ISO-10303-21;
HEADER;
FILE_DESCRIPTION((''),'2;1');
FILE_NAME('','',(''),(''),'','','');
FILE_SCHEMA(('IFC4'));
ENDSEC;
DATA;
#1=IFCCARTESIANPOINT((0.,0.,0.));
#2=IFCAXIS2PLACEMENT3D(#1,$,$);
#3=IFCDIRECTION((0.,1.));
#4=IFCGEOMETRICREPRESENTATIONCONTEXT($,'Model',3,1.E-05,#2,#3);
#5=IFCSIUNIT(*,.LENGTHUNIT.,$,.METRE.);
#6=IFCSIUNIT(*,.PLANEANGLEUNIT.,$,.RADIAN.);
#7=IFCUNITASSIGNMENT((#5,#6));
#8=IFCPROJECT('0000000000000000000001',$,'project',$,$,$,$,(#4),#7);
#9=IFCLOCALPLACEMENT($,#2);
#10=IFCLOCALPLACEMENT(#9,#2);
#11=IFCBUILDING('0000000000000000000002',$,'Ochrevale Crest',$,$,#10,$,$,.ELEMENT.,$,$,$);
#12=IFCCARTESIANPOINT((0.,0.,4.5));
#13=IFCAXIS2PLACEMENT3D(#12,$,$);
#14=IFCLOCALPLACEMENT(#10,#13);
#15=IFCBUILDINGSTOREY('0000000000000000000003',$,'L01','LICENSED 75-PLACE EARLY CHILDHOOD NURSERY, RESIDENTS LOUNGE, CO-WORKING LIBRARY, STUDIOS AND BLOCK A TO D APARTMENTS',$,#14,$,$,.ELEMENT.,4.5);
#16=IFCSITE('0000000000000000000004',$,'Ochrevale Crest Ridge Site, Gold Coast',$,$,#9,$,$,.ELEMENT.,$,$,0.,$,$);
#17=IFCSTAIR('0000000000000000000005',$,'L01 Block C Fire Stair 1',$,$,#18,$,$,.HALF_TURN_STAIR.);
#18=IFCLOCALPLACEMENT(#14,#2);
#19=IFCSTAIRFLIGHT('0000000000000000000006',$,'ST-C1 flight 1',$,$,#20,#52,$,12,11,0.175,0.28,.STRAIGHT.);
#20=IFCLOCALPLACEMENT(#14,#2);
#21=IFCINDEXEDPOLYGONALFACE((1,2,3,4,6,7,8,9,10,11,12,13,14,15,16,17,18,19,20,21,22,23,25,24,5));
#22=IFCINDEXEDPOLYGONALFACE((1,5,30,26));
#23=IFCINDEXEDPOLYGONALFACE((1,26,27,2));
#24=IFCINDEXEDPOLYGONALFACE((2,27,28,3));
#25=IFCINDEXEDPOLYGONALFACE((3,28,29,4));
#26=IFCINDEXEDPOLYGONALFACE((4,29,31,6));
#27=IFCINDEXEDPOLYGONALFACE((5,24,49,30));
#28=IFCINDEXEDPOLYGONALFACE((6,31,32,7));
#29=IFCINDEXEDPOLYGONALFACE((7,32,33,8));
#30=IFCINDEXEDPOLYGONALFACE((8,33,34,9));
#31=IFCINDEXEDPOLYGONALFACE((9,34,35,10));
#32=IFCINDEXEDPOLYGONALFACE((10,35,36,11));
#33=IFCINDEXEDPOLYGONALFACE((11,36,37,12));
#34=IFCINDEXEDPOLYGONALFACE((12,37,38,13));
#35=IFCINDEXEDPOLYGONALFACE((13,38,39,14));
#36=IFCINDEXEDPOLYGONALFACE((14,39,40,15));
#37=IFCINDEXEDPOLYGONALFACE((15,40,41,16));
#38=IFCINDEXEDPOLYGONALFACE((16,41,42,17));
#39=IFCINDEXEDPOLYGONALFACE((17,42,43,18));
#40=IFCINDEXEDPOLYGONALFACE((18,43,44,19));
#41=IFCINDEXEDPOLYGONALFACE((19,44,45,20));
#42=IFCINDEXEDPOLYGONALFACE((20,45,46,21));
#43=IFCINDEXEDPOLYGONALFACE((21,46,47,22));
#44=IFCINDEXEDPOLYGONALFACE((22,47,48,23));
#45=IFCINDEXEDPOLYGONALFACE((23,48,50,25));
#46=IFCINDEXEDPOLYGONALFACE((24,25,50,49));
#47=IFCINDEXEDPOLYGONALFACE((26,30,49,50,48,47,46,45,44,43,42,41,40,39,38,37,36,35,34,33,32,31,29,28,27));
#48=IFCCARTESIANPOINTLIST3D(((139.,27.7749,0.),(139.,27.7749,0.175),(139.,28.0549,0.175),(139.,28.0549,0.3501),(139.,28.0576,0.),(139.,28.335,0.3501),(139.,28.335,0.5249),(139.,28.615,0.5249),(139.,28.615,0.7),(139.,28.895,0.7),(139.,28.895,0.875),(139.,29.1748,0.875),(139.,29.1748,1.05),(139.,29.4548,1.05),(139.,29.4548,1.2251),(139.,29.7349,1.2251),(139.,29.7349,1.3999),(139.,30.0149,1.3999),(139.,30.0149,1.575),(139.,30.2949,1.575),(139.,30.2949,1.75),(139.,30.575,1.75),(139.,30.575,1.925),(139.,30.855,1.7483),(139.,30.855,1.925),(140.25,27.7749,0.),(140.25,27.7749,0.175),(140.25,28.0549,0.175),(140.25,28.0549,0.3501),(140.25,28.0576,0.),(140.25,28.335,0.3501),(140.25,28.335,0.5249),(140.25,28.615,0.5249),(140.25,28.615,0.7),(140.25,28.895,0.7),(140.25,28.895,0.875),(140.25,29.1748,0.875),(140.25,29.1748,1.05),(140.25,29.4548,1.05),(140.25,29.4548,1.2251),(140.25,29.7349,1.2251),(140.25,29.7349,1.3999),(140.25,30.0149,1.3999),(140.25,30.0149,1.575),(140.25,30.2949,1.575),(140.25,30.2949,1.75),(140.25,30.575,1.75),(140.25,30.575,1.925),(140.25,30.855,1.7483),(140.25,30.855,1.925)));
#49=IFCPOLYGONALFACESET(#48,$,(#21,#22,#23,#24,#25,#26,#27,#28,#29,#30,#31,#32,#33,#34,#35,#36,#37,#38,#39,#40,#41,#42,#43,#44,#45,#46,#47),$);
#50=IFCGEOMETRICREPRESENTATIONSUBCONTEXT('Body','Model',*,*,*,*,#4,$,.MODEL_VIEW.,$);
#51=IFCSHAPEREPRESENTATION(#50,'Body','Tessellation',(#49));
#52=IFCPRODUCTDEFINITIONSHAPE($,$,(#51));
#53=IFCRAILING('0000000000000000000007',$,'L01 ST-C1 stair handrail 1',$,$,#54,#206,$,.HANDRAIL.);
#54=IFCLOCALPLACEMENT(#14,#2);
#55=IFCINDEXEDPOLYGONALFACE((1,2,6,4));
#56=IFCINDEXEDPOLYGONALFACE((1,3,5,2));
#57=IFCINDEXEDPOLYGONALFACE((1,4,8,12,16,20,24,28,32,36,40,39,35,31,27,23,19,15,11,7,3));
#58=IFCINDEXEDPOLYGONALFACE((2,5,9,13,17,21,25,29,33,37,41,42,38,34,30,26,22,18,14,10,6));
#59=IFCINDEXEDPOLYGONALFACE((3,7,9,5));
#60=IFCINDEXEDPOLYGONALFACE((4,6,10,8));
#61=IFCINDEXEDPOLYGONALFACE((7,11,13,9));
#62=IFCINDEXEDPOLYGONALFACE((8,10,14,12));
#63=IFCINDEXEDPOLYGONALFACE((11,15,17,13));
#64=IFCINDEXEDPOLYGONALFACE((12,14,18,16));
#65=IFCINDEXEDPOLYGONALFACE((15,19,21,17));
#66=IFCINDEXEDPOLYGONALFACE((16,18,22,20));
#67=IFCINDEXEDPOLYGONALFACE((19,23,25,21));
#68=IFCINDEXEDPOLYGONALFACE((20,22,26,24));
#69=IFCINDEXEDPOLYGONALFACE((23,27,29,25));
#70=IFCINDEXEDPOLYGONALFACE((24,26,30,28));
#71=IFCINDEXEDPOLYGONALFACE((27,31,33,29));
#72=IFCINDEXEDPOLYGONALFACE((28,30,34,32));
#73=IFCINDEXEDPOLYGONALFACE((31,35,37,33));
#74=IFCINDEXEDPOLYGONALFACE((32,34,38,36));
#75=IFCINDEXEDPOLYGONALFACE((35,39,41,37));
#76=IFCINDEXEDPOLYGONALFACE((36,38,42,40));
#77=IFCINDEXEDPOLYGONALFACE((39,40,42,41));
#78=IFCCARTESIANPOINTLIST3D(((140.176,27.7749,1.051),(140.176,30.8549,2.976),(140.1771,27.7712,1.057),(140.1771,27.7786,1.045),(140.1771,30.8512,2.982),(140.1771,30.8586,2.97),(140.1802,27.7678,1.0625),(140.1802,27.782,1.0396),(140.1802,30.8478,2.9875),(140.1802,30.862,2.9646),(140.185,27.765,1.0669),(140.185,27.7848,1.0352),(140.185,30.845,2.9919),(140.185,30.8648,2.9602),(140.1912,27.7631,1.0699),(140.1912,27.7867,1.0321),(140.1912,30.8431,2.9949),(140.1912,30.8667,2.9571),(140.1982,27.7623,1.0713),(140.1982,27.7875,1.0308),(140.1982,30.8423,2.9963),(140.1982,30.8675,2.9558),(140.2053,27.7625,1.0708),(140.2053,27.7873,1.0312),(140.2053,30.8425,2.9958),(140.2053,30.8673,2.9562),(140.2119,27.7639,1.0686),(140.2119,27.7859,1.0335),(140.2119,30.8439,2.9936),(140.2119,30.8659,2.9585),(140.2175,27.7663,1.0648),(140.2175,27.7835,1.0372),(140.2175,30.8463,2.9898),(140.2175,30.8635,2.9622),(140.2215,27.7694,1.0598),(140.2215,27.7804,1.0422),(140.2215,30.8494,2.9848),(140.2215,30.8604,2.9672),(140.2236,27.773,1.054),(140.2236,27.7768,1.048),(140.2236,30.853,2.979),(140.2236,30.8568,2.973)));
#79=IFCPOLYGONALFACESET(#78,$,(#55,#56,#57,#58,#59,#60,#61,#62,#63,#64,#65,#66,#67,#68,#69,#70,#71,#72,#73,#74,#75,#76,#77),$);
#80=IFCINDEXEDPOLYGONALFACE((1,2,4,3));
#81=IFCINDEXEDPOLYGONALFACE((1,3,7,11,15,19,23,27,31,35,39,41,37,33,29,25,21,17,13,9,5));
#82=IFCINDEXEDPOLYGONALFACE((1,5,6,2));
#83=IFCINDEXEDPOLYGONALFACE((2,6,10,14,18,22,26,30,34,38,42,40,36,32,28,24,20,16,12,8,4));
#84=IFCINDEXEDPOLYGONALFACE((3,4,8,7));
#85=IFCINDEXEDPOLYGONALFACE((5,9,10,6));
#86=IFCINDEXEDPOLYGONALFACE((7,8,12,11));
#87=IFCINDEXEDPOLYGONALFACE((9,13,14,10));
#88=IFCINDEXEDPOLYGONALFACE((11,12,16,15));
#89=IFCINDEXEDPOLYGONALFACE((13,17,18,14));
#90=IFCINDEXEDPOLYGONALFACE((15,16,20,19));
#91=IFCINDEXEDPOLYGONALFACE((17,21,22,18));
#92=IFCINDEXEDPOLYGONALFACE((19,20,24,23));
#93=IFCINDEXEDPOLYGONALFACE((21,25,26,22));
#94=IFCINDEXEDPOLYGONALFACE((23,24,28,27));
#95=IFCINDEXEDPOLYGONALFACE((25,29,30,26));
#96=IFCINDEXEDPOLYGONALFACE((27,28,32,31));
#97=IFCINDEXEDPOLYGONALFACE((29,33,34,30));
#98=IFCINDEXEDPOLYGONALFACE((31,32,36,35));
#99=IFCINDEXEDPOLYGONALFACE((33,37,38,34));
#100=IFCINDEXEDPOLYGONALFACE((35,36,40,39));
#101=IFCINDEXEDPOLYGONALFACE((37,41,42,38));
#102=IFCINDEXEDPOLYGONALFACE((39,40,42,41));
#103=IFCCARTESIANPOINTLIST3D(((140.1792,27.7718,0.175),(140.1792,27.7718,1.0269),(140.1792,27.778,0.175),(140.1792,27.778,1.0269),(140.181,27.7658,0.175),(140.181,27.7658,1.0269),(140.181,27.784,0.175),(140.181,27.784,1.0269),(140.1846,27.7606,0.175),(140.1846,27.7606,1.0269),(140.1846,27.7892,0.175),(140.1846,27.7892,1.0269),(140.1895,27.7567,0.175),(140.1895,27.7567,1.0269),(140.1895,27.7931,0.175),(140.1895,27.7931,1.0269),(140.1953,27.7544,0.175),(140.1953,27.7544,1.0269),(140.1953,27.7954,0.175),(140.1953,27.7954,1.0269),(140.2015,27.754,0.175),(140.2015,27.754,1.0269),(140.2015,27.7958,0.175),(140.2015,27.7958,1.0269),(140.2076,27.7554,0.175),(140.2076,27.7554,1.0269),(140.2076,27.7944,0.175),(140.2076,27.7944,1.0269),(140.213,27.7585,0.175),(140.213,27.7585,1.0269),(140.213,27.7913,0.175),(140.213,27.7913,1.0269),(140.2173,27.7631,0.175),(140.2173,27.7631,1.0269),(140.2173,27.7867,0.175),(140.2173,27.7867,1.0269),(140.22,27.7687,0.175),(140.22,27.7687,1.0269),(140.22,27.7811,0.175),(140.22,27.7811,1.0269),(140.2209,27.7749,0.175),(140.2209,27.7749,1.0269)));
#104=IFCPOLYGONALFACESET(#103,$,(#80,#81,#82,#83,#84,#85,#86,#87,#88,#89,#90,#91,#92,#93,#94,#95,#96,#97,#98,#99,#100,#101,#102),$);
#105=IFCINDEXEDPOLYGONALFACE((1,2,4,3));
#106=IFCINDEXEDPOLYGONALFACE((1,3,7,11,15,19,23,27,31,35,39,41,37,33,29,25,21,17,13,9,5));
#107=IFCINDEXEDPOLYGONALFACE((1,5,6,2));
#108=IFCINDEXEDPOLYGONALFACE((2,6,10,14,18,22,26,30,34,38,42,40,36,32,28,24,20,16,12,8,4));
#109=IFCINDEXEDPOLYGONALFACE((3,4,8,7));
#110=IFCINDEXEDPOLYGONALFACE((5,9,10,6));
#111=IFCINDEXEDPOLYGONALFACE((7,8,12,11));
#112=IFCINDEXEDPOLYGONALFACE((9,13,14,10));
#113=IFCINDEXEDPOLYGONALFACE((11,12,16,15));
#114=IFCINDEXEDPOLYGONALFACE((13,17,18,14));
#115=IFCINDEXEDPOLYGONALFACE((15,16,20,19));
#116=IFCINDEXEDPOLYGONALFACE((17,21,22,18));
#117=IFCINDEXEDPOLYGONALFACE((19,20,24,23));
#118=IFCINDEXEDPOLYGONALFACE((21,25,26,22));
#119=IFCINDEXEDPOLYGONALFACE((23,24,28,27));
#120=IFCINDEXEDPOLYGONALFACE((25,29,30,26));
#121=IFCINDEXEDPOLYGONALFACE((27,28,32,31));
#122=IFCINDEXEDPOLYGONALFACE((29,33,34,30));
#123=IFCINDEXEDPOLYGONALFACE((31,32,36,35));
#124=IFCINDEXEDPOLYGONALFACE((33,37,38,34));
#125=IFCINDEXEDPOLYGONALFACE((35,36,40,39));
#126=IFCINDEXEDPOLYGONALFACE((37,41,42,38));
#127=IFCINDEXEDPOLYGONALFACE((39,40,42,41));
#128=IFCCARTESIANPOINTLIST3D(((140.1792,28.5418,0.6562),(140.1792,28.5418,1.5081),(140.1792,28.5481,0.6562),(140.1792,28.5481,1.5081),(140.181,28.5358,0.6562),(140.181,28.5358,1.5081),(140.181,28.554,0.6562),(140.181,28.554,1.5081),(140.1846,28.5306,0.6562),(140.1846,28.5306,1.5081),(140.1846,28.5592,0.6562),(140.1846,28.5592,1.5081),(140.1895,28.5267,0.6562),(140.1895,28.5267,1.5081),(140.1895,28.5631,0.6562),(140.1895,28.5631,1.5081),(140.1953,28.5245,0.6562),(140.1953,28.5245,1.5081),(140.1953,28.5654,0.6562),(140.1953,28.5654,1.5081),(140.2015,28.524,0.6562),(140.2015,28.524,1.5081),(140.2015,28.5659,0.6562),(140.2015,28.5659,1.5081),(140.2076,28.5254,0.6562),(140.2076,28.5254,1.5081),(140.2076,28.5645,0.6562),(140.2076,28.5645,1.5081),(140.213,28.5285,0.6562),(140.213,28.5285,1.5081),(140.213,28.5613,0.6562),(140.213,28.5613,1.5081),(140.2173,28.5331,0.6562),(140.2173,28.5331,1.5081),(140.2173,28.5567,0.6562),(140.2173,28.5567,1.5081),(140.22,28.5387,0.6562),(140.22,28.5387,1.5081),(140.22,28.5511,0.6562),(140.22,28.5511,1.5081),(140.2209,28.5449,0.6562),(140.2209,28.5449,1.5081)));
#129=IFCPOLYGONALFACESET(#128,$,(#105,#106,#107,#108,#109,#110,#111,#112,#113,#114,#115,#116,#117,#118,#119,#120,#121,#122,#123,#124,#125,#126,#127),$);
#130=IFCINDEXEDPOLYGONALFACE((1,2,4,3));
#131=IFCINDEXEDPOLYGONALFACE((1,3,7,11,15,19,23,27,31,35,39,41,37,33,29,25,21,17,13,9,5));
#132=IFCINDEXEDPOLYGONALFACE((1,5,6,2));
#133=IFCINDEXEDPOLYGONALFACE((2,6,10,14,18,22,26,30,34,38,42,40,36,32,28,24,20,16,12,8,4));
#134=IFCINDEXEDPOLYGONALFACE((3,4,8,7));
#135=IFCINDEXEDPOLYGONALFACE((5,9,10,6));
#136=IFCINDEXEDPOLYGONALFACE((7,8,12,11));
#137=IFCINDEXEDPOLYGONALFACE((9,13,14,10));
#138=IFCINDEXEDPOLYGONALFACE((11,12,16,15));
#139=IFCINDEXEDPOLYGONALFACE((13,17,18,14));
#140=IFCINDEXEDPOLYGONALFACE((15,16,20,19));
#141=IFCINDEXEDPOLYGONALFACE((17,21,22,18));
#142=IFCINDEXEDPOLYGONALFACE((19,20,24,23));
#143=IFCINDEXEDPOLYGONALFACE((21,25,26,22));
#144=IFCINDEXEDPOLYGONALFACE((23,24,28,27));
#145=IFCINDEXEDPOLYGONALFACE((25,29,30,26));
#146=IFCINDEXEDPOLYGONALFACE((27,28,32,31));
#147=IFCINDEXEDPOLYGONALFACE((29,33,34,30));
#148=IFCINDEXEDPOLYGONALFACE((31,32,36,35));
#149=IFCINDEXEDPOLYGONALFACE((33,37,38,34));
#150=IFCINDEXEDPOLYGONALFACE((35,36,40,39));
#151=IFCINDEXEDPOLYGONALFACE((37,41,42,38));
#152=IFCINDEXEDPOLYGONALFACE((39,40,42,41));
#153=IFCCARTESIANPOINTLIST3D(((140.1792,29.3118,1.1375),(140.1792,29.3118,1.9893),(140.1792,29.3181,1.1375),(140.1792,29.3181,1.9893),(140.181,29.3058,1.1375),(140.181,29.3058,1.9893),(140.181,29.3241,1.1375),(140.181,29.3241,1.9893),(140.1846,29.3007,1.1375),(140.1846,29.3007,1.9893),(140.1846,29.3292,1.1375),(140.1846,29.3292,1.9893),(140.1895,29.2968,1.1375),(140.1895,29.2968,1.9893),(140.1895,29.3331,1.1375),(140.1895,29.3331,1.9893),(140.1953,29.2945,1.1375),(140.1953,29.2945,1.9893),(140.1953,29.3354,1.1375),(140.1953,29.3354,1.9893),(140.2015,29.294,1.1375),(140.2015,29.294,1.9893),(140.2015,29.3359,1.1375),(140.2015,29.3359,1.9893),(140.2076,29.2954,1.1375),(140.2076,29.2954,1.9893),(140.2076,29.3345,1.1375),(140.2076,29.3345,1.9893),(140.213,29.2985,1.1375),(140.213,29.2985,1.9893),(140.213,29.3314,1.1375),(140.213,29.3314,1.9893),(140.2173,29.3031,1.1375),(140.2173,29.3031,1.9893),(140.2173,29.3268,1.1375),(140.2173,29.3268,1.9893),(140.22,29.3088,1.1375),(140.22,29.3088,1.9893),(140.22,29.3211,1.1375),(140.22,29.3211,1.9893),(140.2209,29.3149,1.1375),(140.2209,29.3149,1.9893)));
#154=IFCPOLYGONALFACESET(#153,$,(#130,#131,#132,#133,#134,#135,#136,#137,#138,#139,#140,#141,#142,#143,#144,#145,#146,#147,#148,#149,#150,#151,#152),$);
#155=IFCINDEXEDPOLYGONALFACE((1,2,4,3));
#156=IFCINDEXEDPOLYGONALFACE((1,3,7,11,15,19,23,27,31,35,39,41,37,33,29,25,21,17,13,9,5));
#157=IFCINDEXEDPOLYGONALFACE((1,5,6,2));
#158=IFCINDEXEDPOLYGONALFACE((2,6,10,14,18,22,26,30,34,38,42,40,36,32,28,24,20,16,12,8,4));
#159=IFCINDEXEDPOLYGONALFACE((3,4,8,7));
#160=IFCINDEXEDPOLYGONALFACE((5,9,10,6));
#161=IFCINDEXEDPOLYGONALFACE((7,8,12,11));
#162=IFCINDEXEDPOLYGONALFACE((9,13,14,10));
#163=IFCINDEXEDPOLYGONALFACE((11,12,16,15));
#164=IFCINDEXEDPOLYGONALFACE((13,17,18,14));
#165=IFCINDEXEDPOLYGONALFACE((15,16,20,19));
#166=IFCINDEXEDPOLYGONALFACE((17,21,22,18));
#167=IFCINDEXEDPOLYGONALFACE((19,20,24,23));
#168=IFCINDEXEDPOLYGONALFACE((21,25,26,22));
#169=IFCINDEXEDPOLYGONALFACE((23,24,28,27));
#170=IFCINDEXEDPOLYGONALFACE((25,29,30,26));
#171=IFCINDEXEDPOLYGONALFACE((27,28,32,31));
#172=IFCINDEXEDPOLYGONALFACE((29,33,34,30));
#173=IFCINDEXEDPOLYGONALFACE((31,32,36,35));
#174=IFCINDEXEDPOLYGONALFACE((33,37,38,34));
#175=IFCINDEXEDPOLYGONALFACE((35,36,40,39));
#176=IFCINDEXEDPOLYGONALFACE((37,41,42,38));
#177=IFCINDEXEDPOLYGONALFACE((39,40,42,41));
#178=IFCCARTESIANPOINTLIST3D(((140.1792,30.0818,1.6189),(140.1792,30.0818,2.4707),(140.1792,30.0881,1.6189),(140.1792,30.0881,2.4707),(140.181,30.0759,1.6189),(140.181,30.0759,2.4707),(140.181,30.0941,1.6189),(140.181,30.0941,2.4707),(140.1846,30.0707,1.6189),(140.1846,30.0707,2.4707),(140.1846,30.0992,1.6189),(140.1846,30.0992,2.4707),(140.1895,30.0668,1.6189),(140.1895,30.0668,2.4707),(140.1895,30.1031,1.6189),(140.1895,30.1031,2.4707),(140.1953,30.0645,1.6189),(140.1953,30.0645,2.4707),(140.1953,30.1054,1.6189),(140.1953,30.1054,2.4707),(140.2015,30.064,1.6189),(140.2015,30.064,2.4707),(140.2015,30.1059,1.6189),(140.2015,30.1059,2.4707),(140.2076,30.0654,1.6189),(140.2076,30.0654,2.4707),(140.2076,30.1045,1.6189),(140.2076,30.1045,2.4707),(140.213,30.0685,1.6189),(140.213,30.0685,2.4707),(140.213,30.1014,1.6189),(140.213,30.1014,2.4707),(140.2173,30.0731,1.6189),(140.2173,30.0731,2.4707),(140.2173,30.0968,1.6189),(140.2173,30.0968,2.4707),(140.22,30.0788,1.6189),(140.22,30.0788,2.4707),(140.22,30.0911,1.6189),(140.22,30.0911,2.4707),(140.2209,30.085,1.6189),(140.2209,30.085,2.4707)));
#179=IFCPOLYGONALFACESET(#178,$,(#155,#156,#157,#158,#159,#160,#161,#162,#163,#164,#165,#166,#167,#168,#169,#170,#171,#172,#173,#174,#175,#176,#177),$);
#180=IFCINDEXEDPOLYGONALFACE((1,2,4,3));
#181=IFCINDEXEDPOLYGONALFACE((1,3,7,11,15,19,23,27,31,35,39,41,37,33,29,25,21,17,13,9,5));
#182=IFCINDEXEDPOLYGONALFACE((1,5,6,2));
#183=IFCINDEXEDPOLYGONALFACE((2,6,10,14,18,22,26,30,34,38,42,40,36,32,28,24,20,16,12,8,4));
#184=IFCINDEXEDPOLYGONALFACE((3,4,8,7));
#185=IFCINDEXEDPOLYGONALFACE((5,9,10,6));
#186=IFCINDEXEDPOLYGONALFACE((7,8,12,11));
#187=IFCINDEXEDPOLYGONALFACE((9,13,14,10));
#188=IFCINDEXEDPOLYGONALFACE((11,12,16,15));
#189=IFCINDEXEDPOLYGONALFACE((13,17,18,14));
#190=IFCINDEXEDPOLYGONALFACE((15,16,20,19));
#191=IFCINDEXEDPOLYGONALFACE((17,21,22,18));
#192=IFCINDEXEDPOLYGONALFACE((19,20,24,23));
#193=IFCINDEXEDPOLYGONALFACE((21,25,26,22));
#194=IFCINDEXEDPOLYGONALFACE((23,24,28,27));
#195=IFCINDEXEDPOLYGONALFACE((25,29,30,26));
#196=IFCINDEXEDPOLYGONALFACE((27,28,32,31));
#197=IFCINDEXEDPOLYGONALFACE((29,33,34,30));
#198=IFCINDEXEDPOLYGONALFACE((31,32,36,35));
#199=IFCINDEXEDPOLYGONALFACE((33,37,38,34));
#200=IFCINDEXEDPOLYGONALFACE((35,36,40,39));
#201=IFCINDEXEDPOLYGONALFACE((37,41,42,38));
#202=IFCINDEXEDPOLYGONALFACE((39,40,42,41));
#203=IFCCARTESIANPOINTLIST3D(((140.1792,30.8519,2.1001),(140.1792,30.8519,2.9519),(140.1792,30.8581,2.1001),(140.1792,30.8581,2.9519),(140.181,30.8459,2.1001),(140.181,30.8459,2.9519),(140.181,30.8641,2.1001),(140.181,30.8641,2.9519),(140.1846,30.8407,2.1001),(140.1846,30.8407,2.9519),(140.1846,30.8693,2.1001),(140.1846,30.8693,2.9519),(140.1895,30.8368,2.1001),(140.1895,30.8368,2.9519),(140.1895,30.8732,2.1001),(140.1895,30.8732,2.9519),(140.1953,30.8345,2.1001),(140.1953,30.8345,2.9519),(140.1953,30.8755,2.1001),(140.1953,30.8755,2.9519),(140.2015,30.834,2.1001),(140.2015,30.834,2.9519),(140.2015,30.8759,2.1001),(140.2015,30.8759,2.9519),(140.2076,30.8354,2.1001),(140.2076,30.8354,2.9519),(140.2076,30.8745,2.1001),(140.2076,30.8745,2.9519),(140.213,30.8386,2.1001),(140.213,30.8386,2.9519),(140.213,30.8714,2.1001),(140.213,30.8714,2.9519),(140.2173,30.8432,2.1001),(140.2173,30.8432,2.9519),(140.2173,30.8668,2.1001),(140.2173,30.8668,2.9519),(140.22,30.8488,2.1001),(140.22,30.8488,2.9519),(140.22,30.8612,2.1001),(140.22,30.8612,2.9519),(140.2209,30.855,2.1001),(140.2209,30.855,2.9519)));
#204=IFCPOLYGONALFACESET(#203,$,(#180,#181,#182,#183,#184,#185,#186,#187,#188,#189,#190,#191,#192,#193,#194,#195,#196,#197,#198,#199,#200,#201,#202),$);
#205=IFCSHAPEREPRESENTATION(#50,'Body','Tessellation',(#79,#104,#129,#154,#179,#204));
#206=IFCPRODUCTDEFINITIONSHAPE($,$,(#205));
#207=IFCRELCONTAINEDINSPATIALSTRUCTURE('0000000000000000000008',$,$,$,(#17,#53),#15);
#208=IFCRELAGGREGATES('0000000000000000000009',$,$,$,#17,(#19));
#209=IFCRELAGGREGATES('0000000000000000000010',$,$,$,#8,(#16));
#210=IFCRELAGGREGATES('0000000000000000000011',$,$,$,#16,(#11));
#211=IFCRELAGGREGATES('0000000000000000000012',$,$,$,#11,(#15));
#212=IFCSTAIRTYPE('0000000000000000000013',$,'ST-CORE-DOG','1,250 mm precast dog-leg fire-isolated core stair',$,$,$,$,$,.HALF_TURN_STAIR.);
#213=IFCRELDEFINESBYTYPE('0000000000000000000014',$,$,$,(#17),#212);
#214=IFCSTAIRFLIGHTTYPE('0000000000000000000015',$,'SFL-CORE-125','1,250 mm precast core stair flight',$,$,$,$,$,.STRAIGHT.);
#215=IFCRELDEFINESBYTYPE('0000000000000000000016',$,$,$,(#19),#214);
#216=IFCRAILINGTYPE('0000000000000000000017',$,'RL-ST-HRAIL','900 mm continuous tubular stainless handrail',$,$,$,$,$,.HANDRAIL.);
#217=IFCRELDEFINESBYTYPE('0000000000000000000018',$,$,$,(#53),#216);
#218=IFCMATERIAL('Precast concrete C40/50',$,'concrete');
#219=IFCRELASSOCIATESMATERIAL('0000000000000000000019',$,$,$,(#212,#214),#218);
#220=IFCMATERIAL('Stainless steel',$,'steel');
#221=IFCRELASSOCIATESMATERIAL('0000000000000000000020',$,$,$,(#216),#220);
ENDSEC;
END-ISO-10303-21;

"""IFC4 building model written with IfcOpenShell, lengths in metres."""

from ifc_helpers import new_model, si_unit, direction, frame, origin, origin_2d, place, context, subcontext, project, spatial, polyline, circle, outline, extrude, material, type_object, element, aggregate, save


model = new_model("IFC4")

# Units and contexts
model_context = context("Model", 3, precision=1e-05, world=origin(), true_north=direction((0.0, 1.0)))
body_context = subcontext(model_context, "Body", "Model", "MODEL_VIEW")
ifc_project = project(units=[si_unit("LENGTHUNIT", "METRE"), si_unit("PLANEANGLEUNIT", "RADIAN")], contexts=[model_context])

# Site, building, storey
site_placement = place(None, origin())
site = spatial("IfcSite", under=ifc_project, at=site_placement, Name="Ochrevale Crest Ridge Site, Gold Coast", CompositionType="ELEMENT", RefElevation=0.0)
building_placement = place(site_placement, origin())
building = spatial("IfcBuilding", under=site, at=building_placement, Name="Ochrevale Crest", CompositionType="ELEMENT")
storey_placement = place(building_placement, frame((0.0, 0.0, 4.5)))
storey = spatial("IfcBuildingStorey", under=building, at=storey_placement, Name="L01", Description="LICENSED 75-PLACE EARLY CHILDHOOD NURSERY, RESIDENTS LOUNGE, CO-WORKING LIBRARY, STUDIOS AND BLOCK A TO D APARTMENTS", CompositionType="ELEMENT", Elevation=4.5)

# Stair, stair flight
ifc_material_1 = material(Name="Precast concrete C40/50", Category="concrete")
stair_type = type_object("IfcStairType", Name="ST-CORE-DOG", Description="1,250 mm precast dog-leg fire-isolated core stair", PredefinedType="HALF_TURN_STAIR", material=ifc_material_1)
stair_placement = place(storey_placement, origin())
stair = element("IfcStair", 1, at=stair_placement, inside=storey, type_object=stair_type, Name="L01 Block C Fire Stair 1", PredefinedType="HALF_TURN_STAIR")
stair_flight_type = type_object("IfcStairFlightType", Name="SFL-CORE-125", Description="1,250 mm precast core stair flight", PredefinedType="STRAIGHT", material=ifc_material_1)
stair_flight_placement = place(storey_placement, frame((139.625, 27.7749, 0.0), z_axis=(0.0, 0.0, 1.0), x_axis=(0.0, 1.0, 0.0)))
stair_flight = element("IfcStairFlight", 2, at=stair_flight_placement, type_object=stair_flight_type, Name="ST-C1 flight 1", NumberOfRisers=12, NumberOfTreads=11, PredefinedType="STRAIGHT", RiserHeight=0.175, TreadLength=0.28, context=body_context, shape_type="SweptSolid", body=[
    extrude(outline(polyline([(0.0, 0.0), (0.0, 0.175), (0.28, 0.175), (0.28, 0.3501), (0.5601, 0.3501), (0.5601, 0.5249), (0.8401, 0.5249), (0.8401, 0.7), (1.1201, 0.7), (1.1201, 0.875), (1.3999, 0.875), (1.3999, 1.05), (1.6799, 1.05), (1.6799, 1.2251), (1.96, 1.2251), (1.96, 1.3999), (2.24, 1.3999), (2.24, 1.575), (2.52, 1.575), (2.52, 1.75), (2.8, 1.75), (2.8, 1.925), (3.0801, 1.925), (3.0801, 2.1001), (3.0801, 1.7483), (0.2827, 0.0), (0.0, 0.0)])), frame((0.0, 0.625, 0.0), z_axis=(0.0, -1.0, 0.0), x_axis=(1.0, 0.0, 0.0)), (0.0, 0.0, 1.0), 1.25),
])
aggregate(stair, [stair_flight])

# Railing
ifc_material_2 = material(Name="Stainless steel", Category="steel")
railing_type = type_object("IfcRailingType", Name="RL-ST-HRAIL", Description="900 mm continuous tubular stainless handrail", PredefinedType="HANDRAIL", material=ifc_material_2)
railing_placement = place(storey_placement, frame((140.2, 27.7749, 0.175)))
element("IfcRailing", 3, at=railing_placement, inside=storey, type_object=railing_type, Name="L01 ST-C1 stair handrail 1", PredefinedType="HANDRAIL", context=body_context, shape_type="SweptSolid", body=[
    extrude(circle(Radius=0.0239, at=origin_2d()), frame((0.0, 0.0, 0.876), z_axis=(0.0, 0.847998, 0.529999), x_axis=(-1.0, 0.0, 0.0)), (0.0, 0.0, 1.0), 3.6321),
    extrude(circle(Radius=0.021, at=origin_2d()), origin(), (0.0, 0.0, 1.0), 0.8518),
    extrude(circle(Radius=0.021, at=origin_2d()), frame((0.0, 0.77, 0.4812)), (0.0, 0.0, 1.0), 0.8518),
    extrude(circle(Radius=0.021, at=origin_2d()), frame((0.0, 1.54, 0.9624)), (0.0, 0.0, 1.0), 0.8518),
    extrude(circle(Radius=0.021, at=origin_2d()), frame((0.0, 2.3101, 1.4438)), (0.0, 0.0, 1.0), 0.8518),
    extrude(circle(Radius=0.021, at=origin_2d()), frame((0.0, 3.0801, 1.925)), (0.0, 0.0, 1.0), 0.8518),
])

save(model, "model.ifc")
